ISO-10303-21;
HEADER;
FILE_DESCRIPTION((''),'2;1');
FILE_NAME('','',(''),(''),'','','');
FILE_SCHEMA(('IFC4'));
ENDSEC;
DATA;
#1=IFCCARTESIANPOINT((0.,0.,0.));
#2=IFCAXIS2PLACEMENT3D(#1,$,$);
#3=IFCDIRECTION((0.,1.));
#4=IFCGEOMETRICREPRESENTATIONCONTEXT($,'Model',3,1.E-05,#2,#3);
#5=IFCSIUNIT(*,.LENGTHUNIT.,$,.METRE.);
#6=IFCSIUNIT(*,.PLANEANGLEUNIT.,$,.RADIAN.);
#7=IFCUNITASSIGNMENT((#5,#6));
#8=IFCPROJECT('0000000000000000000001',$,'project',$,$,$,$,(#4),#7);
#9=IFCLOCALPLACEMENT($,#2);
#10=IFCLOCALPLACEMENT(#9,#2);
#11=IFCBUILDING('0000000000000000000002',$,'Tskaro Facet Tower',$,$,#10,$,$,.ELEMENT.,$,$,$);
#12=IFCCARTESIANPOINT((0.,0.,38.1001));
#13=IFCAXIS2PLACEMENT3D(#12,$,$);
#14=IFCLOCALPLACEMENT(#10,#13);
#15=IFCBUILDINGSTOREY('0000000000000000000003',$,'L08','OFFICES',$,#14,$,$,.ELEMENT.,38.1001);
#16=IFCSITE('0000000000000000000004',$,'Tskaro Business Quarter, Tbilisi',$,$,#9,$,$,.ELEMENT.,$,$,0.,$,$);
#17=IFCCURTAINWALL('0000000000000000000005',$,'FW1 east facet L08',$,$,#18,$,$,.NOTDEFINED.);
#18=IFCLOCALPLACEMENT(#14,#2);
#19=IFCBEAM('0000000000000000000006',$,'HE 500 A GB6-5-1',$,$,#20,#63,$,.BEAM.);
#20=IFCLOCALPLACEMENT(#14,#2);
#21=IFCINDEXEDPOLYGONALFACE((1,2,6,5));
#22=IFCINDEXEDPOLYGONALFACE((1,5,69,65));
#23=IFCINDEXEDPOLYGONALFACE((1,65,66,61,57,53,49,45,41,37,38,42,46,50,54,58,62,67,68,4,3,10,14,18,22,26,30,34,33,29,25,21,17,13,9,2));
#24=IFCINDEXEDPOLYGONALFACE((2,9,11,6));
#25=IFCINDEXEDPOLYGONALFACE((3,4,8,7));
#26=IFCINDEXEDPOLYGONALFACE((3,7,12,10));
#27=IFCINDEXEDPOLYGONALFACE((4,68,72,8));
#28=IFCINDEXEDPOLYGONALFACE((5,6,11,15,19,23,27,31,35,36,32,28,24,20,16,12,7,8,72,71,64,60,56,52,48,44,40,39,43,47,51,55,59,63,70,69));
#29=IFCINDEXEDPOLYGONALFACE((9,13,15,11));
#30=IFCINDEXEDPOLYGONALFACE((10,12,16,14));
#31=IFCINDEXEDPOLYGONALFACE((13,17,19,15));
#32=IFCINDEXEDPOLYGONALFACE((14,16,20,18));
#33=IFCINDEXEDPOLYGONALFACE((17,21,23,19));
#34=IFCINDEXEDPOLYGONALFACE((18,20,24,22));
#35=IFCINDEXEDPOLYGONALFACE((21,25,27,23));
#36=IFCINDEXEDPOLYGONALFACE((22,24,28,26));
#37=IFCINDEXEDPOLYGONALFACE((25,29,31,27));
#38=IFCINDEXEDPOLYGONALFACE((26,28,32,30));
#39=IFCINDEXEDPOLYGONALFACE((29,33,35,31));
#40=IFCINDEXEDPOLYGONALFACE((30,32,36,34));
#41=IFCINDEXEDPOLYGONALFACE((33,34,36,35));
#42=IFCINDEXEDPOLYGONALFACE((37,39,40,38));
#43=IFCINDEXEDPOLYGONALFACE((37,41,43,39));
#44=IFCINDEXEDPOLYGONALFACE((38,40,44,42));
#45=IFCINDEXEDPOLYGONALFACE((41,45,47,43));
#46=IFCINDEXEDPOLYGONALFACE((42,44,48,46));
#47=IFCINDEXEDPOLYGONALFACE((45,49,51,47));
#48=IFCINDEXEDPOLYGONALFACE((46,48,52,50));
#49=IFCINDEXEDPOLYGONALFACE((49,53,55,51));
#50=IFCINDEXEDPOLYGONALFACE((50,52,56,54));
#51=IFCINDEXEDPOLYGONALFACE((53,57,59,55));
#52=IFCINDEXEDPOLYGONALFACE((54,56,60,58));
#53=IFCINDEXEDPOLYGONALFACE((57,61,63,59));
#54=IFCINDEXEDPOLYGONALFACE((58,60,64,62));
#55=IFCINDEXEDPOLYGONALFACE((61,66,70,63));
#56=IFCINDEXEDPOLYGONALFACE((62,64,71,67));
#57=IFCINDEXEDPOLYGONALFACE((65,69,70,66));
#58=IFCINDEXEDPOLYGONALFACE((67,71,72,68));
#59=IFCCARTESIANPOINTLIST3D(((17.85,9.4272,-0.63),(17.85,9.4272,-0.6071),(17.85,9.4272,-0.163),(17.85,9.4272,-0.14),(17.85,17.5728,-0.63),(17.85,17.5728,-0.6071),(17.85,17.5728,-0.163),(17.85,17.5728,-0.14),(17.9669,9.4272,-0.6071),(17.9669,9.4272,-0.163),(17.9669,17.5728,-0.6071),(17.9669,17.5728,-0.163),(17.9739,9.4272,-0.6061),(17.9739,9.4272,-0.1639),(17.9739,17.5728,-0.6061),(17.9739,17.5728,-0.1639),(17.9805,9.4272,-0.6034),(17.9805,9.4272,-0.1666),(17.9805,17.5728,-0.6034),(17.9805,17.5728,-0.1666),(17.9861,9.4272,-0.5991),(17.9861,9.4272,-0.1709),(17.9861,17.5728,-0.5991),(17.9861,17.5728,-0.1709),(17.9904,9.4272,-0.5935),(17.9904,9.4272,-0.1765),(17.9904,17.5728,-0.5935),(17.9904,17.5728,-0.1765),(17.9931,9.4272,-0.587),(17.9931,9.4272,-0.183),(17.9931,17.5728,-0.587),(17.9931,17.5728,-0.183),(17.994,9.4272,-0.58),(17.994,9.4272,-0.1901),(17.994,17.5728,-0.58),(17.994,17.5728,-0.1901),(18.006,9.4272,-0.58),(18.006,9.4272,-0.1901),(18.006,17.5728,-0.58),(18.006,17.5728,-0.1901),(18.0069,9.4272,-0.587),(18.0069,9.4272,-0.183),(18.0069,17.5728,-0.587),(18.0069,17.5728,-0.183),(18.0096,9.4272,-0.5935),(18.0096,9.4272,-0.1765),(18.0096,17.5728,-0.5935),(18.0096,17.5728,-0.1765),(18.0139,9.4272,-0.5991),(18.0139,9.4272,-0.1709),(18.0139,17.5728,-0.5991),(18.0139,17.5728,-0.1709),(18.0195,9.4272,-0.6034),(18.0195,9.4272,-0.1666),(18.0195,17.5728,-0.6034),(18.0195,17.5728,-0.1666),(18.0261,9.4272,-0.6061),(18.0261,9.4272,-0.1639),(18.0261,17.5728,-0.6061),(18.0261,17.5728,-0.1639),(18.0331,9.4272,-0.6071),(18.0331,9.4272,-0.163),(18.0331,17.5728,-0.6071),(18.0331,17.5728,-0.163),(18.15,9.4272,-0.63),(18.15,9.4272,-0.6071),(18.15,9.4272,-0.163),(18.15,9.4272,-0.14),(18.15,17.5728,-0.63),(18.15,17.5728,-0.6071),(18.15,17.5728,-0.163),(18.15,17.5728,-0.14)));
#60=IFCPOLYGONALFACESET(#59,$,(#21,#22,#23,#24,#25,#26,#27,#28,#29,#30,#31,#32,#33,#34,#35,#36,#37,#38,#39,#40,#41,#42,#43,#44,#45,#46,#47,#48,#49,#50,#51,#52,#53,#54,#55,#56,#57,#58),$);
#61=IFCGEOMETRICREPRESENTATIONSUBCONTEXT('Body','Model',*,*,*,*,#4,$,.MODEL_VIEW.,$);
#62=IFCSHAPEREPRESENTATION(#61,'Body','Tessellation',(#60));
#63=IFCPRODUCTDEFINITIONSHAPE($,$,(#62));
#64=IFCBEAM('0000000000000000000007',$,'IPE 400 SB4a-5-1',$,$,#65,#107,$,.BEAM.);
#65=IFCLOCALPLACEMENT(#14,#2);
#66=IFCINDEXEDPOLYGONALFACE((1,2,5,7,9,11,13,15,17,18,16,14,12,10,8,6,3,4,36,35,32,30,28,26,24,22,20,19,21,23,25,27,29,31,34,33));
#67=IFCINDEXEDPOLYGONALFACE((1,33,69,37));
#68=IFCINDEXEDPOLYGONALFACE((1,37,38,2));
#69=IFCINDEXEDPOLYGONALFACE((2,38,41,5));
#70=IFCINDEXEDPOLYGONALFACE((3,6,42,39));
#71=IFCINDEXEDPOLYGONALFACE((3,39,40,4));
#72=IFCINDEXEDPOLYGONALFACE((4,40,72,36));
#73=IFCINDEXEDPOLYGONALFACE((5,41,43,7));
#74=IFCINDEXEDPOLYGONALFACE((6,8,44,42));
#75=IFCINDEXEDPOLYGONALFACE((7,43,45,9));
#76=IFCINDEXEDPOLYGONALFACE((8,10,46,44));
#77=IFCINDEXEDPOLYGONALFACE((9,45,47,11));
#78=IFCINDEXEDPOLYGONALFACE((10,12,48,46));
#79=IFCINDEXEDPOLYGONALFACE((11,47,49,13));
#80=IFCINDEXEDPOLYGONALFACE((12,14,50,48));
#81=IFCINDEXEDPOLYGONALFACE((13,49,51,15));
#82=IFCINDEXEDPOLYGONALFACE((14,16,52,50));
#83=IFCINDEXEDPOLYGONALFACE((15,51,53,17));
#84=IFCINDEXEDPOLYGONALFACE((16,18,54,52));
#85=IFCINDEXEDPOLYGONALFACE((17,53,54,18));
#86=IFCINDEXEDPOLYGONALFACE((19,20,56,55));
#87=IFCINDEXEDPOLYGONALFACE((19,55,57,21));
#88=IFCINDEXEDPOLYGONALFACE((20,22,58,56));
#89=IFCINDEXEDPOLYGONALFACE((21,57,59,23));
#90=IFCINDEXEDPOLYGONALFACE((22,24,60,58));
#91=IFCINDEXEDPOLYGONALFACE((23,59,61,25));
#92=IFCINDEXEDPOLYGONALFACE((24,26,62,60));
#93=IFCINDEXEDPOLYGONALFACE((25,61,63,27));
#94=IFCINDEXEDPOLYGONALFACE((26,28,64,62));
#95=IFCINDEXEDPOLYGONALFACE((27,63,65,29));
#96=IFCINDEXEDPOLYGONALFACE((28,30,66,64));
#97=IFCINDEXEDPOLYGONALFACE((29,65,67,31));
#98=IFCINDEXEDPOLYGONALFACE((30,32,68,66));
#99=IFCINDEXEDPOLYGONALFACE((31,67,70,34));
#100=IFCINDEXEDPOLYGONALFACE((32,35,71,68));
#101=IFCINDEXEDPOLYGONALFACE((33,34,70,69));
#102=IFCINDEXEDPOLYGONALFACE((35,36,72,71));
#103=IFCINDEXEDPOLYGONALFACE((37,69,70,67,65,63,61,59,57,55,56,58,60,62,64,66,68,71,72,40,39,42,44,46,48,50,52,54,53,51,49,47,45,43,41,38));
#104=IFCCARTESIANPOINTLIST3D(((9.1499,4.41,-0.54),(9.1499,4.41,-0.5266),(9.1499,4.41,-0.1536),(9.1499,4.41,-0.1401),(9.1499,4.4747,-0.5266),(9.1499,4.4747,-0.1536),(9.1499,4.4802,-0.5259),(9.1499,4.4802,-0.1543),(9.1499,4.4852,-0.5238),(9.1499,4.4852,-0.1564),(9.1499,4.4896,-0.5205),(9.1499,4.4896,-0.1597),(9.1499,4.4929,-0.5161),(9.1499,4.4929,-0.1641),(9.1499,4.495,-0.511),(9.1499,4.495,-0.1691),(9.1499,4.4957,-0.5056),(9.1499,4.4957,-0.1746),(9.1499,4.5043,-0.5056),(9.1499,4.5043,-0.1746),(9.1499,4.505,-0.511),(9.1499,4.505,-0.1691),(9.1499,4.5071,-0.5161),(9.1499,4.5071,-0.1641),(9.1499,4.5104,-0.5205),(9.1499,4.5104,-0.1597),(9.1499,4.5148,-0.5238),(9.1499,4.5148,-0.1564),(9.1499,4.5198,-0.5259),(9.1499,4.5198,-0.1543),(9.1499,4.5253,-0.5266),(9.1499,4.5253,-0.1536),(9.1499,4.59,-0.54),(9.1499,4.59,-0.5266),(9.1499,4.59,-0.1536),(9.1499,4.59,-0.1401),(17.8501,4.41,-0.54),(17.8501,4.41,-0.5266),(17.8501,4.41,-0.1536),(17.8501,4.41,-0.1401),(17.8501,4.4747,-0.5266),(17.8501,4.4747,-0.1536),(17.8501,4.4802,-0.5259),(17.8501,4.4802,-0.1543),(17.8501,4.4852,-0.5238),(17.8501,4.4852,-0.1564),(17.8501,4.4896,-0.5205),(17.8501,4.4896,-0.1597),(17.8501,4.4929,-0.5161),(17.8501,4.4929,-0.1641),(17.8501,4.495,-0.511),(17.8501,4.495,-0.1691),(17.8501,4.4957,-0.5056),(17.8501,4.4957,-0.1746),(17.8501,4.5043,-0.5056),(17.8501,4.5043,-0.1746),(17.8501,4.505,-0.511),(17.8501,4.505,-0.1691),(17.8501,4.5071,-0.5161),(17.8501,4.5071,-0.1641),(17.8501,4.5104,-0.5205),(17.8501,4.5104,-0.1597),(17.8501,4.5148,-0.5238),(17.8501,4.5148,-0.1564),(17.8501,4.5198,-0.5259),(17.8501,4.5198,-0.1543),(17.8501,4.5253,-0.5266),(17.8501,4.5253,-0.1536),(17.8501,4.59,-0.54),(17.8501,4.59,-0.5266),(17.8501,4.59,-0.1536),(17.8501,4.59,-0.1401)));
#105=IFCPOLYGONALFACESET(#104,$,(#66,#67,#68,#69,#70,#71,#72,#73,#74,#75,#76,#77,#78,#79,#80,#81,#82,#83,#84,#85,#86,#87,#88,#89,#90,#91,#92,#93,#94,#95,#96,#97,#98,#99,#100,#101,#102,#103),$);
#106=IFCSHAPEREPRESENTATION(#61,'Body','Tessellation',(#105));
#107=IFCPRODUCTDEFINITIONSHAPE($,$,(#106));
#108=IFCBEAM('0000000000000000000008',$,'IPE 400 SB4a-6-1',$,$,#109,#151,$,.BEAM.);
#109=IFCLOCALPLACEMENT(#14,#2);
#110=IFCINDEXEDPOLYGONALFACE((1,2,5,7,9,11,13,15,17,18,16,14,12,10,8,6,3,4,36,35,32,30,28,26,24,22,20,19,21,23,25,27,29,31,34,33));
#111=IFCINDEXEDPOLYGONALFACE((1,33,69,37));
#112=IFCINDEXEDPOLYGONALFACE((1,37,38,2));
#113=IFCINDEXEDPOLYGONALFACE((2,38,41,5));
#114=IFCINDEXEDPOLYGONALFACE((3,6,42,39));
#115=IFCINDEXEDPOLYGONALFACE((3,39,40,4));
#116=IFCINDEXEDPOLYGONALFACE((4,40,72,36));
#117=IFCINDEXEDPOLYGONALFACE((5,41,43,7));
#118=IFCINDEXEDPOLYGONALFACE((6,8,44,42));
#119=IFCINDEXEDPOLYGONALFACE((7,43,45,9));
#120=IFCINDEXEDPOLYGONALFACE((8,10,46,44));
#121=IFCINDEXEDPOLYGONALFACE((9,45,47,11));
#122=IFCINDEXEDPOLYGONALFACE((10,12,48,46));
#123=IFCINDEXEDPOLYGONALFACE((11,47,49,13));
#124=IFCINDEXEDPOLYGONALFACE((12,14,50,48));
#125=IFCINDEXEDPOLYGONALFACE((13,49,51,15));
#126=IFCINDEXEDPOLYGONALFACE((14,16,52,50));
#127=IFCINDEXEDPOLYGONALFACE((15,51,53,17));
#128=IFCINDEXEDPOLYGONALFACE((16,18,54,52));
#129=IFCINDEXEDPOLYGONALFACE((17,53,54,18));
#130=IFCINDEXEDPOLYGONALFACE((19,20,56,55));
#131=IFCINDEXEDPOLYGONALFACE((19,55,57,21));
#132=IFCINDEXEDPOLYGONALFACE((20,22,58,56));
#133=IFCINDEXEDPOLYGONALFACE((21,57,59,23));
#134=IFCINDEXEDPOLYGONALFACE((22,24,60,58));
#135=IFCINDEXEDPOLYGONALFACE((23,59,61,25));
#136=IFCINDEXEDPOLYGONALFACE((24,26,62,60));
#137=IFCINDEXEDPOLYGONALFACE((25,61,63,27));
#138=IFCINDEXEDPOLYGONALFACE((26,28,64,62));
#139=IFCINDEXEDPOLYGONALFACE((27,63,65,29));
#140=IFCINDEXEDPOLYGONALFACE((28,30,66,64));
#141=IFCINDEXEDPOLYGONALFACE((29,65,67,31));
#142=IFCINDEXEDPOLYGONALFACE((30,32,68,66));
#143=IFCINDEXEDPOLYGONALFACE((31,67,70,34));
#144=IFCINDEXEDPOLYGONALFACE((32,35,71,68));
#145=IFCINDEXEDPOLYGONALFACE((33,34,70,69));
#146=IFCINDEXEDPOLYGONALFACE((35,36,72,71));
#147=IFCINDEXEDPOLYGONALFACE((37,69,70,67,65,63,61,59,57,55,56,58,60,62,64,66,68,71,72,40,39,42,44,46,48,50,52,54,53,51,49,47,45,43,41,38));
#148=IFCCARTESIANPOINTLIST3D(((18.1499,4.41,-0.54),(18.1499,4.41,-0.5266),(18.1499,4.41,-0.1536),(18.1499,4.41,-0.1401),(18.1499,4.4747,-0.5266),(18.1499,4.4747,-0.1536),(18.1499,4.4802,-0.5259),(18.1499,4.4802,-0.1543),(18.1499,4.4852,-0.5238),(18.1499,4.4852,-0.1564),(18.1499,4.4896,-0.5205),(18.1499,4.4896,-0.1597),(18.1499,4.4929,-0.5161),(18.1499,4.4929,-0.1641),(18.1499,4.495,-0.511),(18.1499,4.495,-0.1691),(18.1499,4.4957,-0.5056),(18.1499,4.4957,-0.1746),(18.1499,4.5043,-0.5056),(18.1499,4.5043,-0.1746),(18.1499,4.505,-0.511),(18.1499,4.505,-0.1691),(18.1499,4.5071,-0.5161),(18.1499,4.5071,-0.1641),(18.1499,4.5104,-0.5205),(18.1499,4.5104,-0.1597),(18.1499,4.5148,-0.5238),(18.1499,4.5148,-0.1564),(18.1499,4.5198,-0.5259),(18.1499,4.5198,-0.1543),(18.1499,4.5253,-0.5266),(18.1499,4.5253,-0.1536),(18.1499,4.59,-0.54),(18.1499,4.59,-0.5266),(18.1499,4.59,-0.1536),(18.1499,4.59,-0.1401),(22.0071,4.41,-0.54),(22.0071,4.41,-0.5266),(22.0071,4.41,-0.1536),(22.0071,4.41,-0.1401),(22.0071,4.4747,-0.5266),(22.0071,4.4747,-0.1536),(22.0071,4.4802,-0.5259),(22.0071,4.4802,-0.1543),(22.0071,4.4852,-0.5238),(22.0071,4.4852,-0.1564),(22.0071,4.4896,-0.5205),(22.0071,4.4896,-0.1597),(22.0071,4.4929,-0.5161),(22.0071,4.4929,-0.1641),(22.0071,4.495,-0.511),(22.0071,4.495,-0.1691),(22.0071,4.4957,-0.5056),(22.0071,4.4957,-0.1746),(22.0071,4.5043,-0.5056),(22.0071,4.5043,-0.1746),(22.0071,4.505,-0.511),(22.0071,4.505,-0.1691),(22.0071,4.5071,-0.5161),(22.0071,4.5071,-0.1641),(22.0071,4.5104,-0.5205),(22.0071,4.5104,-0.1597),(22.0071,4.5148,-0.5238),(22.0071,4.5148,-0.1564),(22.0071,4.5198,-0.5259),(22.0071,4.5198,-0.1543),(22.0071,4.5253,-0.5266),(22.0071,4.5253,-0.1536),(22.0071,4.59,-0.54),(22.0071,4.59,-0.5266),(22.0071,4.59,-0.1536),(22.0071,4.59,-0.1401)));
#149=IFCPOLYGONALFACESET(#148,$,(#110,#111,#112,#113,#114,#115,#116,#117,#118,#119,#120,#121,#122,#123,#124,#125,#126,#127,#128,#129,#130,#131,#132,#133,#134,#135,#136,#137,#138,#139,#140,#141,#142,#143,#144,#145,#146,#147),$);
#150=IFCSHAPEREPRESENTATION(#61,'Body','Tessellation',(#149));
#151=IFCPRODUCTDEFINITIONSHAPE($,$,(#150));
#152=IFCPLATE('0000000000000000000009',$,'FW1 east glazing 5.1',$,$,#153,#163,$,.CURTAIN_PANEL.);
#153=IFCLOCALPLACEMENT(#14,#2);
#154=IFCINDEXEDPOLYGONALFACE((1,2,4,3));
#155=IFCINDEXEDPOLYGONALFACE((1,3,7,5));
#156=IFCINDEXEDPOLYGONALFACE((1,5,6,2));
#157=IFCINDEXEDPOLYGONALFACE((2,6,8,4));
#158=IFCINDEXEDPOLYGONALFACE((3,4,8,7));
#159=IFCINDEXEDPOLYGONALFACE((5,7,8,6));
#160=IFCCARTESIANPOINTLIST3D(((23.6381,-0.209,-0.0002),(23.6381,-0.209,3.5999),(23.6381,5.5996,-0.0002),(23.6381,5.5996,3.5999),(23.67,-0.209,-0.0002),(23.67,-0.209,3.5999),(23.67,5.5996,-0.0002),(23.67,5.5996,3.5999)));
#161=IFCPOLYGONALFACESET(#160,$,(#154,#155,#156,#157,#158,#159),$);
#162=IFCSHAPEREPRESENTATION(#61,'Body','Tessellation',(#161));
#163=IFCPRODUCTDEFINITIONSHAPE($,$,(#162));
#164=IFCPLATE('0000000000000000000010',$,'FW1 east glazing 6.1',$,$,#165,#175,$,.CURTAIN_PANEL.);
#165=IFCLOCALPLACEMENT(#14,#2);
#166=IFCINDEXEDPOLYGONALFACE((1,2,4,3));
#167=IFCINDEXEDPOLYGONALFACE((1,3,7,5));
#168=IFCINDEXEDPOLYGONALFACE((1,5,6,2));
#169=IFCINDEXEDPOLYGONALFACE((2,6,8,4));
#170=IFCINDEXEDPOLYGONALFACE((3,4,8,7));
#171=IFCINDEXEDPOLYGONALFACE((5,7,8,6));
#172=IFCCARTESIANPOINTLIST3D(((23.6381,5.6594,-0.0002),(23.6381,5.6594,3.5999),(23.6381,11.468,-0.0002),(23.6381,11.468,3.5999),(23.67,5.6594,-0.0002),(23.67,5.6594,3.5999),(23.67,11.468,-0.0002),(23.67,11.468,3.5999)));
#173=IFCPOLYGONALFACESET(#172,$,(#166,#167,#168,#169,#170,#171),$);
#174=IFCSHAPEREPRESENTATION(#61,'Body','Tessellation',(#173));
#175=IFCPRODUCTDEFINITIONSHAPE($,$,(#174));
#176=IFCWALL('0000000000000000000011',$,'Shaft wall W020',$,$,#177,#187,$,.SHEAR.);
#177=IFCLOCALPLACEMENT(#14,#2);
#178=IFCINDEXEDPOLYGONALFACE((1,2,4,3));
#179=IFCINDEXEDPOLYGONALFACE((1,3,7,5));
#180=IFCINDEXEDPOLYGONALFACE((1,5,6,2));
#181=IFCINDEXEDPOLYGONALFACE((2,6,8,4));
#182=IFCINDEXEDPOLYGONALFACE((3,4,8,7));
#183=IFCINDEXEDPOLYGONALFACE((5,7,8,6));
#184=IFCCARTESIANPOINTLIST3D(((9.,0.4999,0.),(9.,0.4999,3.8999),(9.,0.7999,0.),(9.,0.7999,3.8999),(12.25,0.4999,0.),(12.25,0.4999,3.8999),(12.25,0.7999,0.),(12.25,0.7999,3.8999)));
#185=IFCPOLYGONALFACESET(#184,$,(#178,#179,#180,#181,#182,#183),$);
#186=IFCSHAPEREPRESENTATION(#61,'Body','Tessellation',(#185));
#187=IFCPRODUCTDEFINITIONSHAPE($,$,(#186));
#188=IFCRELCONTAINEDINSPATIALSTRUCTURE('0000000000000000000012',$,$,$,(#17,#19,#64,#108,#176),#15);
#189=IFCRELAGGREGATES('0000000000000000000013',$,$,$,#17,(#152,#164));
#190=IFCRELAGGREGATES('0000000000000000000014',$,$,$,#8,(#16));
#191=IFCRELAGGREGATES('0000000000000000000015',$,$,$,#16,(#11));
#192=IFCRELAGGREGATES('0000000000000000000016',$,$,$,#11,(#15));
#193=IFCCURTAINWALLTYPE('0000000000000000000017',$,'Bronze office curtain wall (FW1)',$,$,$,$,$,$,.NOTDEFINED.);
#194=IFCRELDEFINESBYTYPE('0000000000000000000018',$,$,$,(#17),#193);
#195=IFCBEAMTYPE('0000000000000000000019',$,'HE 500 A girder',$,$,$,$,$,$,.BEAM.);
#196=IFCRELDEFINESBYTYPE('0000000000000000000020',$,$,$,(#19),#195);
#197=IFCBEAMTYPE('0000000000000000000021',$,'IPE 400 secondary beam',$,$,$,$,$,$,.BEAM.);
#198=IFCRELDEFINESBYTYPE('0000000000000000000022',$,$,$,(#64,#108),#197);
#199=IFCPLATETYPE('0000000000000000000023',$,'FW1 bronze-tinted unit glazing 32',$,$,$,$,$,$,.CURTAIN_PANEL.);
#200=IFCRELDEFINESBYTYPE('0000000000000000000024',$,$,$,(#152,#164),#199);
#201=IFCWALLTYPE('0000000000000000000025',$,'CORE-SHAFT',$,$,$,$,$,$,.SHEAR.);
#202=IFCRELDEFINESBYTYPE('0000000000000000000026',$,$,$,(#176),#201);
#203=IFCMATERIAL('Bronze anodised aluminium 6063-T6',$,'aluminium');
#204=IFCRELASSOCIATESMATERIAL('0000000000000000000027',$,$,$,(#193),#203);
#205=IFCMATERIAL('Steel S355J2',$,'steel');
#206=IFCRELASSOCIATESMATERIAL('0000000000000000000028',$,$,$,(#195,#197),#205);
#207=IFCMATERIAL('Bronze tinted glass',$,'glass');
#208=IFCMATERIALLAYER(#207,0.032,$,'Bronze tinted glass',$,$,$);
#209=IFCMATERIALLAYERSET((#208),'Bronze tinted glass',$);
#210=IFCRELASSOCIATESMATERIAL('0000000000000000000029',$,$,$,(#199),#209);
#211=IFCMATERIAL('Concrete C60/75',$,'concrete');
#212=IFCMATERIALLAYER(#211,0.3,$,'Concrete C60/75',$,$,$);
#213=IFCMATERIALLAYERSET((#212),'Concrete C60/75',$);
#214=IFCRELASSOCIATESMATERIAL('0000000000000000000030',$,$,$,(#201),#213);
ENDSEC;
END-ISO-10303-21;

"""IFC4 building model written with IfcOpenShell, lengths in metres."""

from ifc_helpers import new_model, si_unit, direction, frame, frame_2d, origin, origin_2d, place, context, subcontext, project, spatial, rectangle, i_section, extrude, material, layer, layer_set, material_profile, profile_set, type_object, element, aggregate, save


model = new_model("IFC4")

# Units and contexts
model_context = context("Model", 3, precision=1e-05, world=origin(), true_north=direction((0.0, 1.0)))
body_context = subcontext(model_context, "Body", "Model", "MODEL_VIEW")
ifc_project = project(units=[si_unit("LENGTHUNIT", "METRE"), si_unit("PLANEANGLEUNIT", "RADIAN")], contexts=[model_context])

# Site, building, storey
site_placement = place(None, origin())
site = spatial("IfcSite", under=ifc_project, at=site_placement, Name="Tskaro Business Quarter, Tbilisi", CompositionType="ELEMENT", RefElevation=0.0)
building_placement = place(site_placement, origin())
building = spatial("IfcBuilding", under=site, at=building_placement, Name="Tskaro Facet Tower", CompositionType="ELEMENT")
storey_placement = place(building_placement, frame((0.0, 0.0, 38.1001)))
storey = spatial("IfcBuildingStorey", under=building, at=storey_placement, Name="L08", Description="OFFICES", CompositionType="ELEMENT", Elevation=38.1001)

# Curtain wall
ifc_material_1 = material(Name="Bronze anodised aluminium 6063-T6", Category="aluminium")
curtain_wall_type = type_object("IfcCurtainWallType", Name="Bronze office curtain wall (FW1)", PredefinedType="NOTDEFINED", material=ifc_material_1)
curtain_wall_placement = place(storey_placement, origin())
curtain_wall = element("IfcCurtainWall", 1, at=curtain_wall_placement, inside=storey, type_object=curtain_wall_type, Name="FW1 east facet L08", PredefinedType="NOTDEFINED")

# Beams
ifc_material_2 = material(Name="Steel S355J2", Category="steel")
ifc_material_profile_1 = material_profile(ifc_material_2, i_section(OverallWidth=0.3, OverallDepth=0.49, WebThickness=0.012, FlangeThickness=0.0229, FilletRadius=0.0271, at=origin_2d()), Name="HE 500 A")
ifc_profile_set_1 = profile_set([ifc_material_profile_1], Name="Steel S355J2")
beam_type_1 = type_object("IfcBeamType", Name="HE 500 A girder", PredefinedType="BEAM", material=ifc_profile_set_1)
for number, where, z_axis, x_axis, name in (
    (2, (18.0, 9.4272, -0.385), (0.0, 1.0, 0.0), (-1.0, 0.0, 0.0), "HE 500 A GB6-5-1"),
):
    element("IfcBeam", number, at=place(storey_placement, frame(where, z_axis=z_axis, x_axis=x_axis)), inside=storey, type_object=beam_type_1, Name=name, PredefinedType="BEAM", context=body_context, shape_type="SweptSolid", body=[
        extrude(i_section(OverallWidth=0.3, OverallDepth=0.49, WebThickness=0.012, FlangeThickness=0.0229, FilletRadius=0.0271, at=origin_2d()), origin(), (0.0, 0.0, 1.0), 8.1455),
    ])
ifc_material_profile_2 = material_profile(ifc_material_2, i_section(OverallWidth=0.1799, OverallDepth=0.3999, WebThickness=0.0085, FlangeThickness=0.0134, FilletRadius=0.021, at=origin_2d()), Name="IPE 400")
ifc_profile_set_2 = profile_set([ifc_material_profile_2], Name="Steel S355J2")
beam_type_2 = type_object("IfcBeamType", Name="IPE 400 secondary beam", PredefinedType="BEAM", material=ifc_profile_set_2)
beam_1_placement = place(storey_placement, frame((9.1499, 4.5, -0.3401), z_axis=(1.0, 0.0, 0.0), x_axis=(0.0, 1.0, 0.0)))
element("IfcBeam", 3, at=beam_1_placement, inside=storey, type_object=beam_type_2, Name="IPE 400 SB4a-5-1", PredefinedType="BEAM", context=body_context, shape_type="SweptSolid", body=[
    extrude(i_section(OverallWidth=0.1799, OverallDepth=0.3999, WebThickness=0.0085, FlangeThickness=0.0134, FilletRadius=0.021, at=origin_2d()), origin(), (0.0, 0.0, 1.0), 8.7002),
])
beam_2_placement = place(storey_placement, frame((18.1499, 4.5, -0.3401), z_axis=(1.0, 0.0, 0.0), x_axis=(0.0, 1.0, 0.0)))
element("IfcBeam", 4, at=beam_2_placement, inside=storey, type_object=beam_type_2, Name="IPE 400 SB4a-6-1", PredefinedType="BEAM", context=body_context, shape_type="SweptSolid", body=[
    extrude(i_section(OverallWidth=0.1799, OverallDepth=0.3999, WebThickness=0.0085, FlangeThickness=0.0134, FilletRadius=0.021, at=origin_2d()), origin(), (0.0, 0.0, 1.0), 3.8572),
])

# Plates
ifc_material_3 = material(Name="Bronze tinted glass", Category="glass")
ifc_layer_1 = layer(ifc_material_3, 0.032, Name="Bronze tinted glass")
ifc_layer_set_1 = layer_set([ifc_layer_1], Name="Bronze tinted glass")
plate_type = type_object("IfcPlateType", Name="FW1 bronze-tinted unit glazing 32", PredefinedType="CURTAIN_PANEL", material=ifc_layer_set_1)
plate_1_placement = place(storey_placement, frame((23.6541, 2.6953, -0.0002), z_axis=(0.0, 0.0, 1.0), x_axis=(0.0, 1.0, 0.0)))
plate_1 = element("IfcPlate", 5, at=plate_1_placement, type_object=plate_type, Name="FW1 east glazing 5.1", PredefinedType="CURTAIN_PANEL", context=body_context, shape_type="SweptSolid", body=[
    extrude(rectangle(XDim=5.8086, YDim=0.032, at=origin_2d()), origin(), (0.0, 0.0, 1.0), 3.6001),
])
plate_2_placement = place(storey_placement, frame((23.6541, 8.5637, -0.0002), z_axis=(0.0, 0.0, 1.0), x_axis=(0.0, 1.0, 0.0)))
plate_2 = element("IfcPlate", 6, at=plate_2_placement, type_object=plate_type, Name="FW1 east glazing 6.1", PredefinedType="CURTAIN_PANEL", context=body_context, shape_type="SweptSolid", body=[
    extrude(rectangle(XDim=5.8086, YDim=0.032, at=origin_2d()), origin(), (0.0, 0.0, 1.0), 3.6001),
])
aggregate(curtain_wall, [plate_1, plate_2])

# Wall
ifc_material_4 = material(Name="Concrete C60/75", Category="concrete")
ifc_layer_2 = layer(ifc_material_4, 0.3, Name="Concrete C60/75")
ifc_layer_set_2 = layer_set([ifc_layer_2], Name="Concrete C60/75")
wall_type_1 = type_object("IfcWallType", Name="CORE-SHAFT", PredefinedType="SHEAR", material=ifc_layer_set_2)
wall_1_placement = place(storey_placement, frame((12.25, 0.6499, 0.0), z_axis=(0.0, 0.0, 1.0), x_axis=(-1.0, 0.0, 0.0)))
element("IfcWall", 7, at=wall_1_placement, inside=storey, type_object=wall_type_1, Name="Shaft wall W020", PredefinedType="SHEAR", context=body_context, shape_type="SweptSolid", body=[
    extrude(rectangle(XDim=3.25, YDim=0.3, at=frame_2d((1.625, 0.0))), origin(), (0.0, 0.0, 1.0), 3.8999),
])

save(model, "model.ifc")
